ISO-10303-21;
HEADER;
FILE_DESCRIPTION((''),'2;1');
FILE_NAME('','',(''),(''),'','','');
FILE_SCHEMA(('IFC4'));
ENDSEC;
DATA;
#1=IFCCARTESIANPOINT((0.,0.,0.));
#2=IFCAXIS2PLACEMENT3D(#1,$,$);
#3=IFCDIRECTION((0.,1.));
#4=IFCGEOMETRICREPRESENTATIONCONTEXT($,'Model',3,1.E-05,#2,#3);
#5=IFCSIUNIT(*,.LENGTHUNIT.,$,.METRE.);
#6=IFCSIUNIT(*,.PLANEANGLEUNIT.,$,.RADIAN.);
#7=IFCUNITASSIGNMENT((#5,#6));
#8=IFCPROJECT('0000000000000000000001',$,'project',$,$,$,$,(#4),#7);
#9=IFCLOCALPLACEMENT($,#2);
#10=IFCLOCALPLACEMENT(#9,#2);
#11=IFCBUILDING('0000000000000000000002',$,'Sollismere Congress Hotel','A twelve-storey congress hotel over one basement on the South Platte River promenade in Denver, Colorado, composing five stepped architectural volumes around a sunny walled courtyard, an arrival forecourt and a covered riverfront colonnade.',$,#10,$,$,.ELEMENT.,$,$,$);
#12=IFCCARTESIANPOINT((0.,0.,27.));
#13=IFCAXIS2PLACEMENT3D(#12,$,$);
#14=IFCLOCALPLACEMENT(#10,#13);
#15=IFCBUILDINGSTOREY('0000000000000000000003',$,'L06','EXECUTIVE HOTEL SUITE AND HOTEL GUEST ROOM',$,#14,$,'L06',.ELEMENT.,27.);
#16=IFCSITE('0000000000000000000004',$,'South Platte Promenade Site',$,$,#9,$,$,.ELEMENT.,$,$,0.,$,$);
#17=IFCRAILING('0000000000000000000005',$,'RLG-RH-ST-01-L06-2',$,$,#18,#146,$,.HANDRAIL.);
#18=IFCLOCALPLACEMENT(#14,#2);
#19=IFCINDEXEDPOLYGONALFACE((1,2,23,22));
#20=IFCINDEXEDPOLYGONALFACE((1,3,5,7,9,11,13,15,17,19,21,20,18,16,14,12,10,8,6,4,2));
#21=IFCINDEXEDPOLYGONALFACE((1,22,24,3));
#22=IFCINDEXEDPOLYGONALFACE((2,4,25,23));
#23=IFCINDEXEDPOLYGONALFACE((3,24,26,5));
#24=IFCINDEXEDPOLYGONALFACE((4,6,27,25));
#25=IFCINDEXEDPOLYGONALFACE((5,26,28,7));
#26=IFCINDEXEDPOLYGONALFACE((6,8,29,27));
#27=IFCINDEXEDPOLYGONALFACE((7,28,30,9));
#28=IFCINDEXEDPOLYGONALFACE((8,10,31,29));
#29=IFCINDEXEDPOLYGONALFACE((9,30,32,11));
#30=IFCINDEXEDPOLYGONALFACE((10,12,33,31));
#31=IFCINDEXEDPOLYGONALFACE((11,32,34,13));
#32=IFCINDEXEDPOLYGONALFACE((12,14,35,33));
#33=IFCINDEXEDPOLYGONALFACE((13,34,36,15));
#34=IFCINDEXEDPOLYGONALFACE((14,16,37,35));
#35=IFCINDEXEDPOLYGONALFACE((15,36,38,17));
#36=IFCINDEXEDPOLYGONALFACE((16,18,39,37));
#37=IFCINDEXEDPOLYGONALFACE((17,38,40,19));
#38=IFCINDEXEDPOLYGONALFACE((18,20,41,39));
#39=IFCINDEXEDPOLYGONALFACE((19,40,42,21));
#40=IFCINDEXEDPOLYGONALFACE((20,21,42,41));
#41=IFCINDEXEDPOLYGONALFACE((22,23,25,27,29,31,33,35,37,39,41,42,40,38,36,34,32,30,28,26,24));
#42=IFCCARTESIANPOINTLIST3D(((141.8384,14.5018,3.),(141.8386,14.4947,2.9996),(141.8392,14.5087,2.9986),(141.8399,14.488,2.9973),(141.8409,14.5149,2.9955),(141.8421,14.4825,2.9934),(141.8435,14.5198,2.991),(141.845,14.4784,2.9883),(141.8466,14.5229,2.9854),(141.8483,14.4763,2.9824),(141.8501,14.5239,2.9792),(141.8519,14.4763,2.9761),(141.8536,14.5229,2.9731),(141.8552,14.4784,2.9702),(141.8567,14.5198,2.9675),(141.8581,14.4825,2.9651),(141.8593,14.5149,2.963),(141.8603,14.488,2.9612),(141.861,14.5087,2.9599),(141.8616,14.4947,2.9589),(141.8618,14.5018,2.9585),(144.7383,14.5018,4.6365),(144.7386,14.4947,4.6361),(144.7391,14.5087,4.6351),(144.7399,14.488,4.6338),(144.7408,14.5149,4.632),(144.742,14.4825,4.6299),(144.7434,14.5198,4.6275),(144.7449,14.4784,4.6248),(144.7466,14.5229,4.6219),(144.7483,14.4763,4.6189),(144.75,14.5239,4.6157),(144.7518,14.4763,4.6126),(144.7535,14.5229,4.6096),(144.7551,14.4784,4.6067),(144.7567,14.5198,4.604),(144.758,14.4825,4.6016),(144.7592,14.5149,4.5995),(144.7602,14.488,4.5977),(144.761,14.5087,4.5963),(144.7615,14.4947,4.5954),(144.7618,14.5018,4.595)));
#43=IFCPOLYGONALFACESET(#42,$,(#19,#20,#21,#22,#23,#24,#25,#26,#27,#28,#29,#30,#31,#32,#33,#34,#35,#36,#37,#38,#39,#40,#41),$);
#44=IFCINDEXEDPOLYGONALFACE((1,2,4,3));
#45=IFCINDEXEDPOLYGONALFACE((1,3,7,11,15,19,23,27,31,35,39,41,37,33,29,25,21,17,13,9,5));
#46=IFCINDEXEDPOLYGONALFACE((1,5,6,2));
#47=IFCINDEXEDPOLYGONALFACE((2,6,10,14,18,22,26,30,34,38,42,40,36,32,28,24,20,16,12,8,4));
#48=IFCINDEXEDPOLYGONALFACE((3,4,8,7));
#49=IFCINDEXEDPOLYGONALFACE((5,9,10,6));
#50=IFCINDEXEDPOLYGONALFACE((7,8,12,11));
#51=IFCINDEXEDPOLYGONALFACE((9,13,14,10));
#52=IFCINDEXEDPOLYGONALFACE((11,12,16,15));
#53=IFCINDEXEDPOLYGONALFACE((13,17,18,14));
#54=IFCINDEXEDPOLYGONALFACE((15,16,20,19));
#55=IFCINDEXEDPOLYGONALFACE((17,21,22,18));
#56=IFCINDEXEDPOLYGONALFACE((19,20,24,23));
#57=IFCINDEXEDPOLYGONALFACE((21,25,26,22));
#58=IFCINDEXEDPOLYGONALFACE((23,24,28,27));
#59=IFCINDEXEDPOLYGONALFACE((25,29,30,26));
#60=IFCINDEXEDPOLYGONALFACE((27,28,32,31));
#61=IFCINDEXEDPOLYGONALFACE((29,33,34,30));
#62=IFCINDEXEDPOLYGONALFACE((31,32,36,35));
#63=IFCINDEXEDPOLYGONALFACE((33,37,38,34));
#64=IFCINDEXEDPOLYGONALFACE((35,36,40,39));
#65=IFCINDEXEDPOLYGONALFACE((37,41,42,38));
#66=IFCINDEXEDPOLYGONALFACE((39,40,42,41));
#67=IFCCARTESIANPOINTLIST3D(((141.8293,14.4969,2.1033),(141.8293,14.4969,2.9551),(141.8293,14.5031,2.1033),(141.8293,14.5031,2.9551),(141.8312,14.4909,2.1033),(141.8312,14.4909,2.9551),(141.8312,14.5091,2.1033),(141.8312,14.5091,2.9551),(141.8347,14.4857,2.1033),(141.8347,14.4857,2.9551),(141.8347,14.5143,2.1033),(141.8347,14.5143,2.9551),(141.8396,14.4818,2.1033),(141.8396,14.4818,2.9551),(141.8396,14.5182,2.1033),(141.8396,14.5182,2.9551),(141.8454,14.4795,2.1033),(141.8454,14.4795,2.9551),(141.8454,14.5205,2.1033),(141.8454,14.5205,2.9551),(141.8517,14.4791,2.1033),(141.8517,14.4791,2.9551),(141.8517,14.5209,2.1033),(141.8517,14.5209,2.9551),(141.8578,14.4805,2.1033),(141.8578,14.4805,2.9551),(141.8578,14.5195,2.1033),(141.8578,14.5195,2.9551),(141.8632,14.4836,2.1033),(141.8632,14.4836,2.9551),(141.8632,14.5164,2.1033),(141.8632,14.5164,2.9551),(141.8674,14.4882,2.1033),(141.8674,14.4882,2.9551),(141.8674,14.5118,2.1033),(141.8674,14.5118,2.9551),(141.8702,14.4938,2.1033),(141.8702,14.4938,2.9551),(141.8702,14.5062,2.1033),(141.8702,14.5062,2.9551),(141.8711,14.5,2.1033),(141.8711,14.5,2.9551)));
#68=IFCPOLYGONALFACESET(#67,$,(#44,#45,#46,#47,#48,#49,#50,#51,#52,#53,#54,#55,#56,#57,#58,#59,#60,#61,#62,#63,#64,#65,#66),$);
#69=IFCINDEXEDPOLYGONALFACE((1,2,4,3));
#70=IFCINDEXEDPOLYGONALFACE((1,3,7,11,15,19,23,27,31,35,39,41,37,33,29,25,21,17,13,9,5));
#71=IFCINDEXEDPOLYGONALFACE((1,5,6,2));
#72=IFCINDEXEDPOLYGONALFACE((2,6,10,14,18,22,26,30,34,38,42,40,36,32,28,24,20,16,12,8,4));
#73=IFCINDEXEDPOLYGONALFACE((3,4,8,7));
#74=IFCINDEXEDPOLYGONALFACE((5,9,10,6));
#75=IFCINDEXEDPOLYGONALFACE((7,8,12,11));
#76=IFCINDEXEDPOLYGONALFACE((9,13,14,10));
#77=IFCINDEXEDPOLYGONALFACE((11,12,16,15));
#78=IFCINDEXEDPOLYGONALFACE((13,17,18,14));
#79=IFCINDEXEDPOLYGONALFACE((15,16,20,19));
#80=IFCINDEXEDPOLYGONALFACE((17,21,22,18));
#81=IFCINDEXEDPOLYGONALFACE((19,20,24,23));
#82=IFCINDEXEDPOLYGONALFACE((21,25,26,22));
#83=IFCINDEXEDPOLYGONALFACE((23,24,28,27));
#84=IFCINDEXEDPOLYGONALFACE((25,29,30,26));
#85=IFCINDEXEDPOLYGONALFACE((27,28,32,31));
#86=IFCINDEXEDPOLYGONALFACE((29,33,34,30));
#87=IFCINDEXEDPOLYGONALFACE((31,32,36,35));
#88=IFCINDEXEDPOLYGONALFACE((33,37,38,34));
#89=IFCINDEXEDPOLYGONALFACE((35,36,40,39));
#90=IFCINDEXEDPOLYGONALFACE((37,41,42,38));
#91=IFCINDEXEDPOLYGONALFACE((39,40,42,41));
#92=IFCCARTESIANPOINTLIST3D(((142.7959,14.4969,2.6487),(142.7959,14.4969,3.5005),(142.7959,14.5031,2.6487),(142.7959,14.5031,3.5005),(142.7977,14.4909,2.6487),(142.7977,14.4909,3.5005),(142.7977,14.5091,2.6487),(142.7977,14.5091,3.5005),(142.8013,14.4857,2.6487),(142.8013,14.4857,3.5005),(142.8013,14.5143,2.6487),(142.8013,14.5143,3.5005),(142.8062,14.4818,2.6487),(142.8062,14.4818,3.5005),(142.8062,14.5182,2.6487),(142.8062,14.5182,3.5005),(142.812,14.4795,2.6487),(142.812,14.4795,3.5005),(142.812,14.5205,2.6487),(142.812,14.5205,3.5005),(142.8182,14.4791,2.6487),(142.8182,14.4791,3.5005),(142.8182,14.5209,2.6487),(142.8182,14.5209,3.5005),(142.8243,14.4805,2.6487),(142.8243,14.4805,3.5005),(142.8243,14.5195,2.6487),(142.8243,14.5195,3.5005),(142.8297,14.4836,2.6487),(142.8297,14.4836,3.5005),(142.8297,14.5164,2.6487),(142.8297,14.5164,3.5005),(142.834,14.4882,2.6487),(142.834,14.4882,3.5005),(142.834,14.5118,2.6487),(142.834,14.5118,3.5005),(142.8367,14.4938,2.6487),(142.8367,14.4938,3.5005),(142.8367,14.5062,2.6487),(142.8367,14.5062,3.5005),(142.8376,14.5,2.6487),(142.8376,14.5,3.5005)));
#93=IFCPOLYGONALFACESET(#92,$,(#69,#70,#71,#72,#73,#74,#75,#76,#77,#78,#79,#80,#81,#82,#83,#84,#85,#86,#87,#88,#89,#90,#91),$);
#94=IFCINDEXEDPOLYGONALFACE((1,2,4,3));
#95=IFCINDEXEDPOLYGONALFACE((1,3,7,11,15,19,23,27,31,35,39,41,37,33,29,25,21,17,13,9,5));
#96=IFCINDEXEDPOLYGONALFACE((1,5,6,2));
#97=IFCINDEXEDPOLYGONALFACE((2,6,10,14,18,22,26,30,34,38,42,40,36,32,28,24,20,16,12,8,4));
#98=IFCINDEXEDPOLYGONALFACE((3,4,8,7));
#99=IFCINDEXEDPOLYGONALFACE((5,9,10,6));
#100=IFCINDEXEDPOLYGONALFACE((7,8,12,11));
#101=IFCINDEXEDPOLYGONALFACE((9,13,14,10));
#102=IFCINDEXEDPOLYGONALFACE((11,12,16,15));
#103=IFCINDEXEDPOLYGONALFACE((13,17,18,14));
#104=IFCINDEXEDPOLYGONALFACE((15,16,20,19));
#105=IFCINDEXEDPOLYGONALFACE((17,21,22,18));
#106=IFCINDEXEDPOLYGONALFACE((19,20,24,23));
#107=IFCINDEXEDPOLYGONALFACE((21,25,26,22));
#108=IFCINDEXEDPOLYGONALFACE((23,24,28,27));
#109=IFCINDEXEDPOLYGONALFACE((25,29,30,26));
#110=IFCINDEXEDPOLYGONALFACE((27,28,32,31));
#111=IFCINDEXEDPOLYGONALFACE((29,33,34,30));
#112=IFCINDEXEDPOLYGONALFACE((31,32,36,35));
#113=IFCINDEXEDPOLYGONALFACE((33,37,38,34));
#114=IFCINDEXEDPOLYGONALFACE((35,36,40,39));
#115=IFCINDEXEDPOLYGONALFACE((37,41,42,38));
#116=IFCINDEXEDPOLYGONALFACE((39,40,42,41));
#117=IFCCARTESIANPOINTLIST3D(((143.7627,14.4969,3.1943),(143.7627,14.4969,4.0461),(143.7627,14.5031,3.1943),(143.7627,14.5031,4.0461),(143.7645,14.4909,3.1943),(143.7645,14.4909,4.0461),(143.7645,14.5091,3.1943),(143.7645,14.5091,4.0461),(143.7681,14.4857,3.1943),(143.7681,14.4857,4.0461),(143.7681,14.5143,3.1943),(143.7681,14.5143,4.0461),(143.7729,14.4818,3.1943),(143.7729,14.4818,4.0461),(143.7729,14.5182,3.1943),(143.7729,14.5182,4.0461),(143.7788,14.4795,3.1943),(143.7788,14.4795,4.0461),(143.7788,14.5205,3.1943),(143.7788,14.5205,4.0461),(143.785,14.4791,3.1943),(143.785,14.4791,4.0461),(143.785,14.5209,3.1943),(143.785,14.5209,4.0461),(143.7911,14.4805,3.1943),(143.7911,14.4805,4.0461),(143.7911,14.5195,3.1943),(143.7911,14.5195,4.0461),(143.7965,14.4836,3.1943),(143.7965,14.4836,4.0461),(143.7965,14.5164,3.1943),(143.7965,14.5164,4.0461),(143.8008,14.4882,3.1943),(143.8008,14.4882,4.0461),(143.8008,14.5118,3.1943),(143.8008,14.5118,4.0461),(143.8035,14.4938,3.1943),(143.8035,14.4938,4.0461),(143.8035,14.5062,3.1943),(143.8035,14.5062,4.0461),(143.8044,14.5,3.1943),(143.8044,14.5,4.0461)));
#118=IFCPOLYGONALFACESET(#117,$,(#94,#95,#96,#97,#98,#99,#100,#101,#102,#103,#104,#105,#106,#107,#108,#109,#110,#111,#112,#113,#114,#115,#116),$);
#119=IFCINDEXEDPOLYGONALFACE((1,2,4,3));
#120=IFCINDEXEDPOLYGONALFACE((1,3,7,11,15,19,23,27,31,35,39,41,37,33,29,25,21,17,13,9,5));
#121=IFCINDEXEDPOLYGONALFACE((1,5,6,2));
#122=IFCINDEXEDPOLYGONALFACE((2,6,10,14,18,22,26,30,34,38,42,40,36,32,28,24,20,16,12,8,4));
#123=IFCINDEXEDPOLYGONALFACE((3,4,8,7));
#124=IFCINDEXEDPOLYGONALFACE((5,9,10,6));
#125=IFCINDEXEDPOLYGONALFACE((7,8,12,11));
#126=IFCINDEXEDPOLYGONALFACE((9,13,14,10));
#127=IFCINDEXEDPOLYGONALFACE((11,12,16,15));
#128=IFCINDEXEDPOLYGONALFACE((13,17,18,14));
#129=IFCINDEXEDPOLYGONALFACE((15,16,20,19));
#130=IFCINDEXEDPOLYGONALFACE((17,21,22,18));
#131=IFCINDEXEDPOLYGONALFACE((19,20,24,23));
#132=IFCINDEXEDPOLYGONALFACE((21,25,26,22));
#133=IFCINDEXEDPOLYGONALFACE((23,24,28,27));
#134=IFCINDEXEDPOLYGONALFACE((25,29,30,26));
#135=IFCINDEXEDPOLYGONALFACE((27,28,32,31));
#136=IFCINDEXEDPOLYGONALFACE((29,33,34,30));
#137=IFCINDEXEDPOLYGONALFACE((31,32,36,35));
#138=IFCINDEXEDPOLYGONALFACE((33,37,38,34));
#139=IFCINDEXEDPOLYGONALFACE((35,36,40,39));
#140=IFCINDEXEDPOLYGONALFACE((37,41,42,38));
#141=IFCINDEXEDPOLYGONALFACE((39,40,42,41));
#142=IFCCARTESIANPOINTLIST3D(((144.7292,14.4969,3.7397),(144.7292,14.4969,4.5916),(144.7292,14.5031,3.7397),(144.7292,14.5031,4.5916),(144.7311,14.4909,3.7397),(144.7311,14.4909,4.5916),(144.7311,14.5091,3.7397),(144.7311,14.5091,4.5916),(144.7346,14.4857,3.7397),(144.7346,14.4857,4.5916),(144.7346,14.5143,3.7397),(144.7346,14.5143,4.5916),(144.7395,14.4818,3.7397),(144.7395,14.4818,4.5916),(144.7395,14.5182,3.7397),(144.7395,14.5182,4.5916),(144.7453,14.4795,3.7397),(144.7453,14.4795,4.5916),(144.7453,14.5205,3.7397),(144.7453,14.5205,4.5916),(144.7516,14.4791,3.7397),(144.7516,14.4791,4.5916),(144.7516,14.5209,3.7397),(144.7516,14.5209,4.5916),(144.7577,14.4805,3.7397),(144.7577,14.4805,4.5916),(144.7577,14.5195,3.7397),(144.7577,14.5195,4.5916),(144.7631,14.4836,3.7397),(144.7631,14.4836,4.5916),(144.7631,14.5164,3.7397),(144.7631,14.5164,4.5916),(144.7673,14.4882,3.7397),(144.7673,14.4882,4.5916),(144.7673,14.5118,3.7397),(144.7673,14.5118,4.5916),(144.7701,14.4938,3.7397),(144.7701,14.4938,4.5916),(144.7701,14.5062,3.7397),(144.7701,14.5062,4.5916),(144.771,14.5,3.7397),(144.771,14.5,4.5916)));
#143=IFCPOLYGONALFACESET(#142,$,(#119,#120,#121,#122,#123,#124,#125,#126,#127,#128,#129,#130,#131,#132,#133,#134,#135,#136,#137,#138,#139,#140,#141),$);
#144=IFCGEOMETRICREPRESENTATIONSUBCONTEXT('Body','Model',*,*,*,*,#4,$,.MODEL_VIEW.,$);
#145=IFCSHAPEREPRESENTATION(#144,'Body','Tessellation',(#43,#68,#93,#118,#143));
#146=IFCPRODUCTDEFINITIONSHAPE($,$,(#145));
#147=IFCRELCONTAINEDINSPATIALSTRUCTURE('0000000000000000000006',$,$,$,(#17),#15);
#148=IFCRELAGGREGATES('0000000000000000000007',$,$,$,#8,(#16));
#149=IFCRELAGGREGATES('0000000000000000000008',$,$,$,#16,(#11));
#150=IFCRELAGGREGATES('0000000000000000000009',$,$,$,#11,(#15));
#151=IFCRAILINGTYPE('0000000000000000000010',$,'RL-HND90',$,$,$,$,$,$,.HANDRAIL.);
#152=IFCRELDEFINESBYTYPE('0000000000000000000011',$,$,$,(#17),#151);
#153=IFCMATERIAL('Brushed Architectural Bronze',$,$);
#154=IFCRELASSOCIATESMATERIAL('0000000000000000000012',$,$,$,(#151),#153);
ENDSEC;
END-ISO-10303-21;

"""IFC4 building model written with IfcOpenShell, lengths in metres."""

from ifc_helpers import new_model, si_unit, direction, frame, origin, origin_2d, place, context, subcontext, project, spatial, circle, extrude, material, type_object, element, save


model = new_model("IFC4")

# Units and contexts
model_context = context("Model", 3, precision=1e-05, world=origin(), true_north=direction((0.0, 1.0)))
body_context = subcontext(model_context, "Body", "Model", "MODEL_VIEW")
ifc_project = project(units=[si_unit("LENGTHUNIT", "METRE"), si_unit("PLANEANGLEUNIT", "RADIAN")], contexts=[model_context])

# Site, building, storey
site_placement = place(None, origin())
site = spatial("IfcSite", under=ifc_project, at=site_placement, Name="South Platte Promenade Site", CompositionType="ELEMENT", RefElevation=0.0)
building_placement = place(site_placement, origin())
building = spatial("IfcBuilding", under=site, at=building_placement, Name="Sollismere Congress Hotel", Description="A twelve-storey congress hotel over one basement on the South Platte River promenade in Denver, Colorado, composing five stepped architectural volumes around a sunny walled courtyard, an arrival forecourt and a covered riverfront colonnade.", CompositionType="ELEMENT")
storey_placement = place(building_placement, frame((0.0, 0.0, 27.0)))
storey = spatial("IfcBuildingStorey", under=building, at=storey_placement, Name="L06", Description="EXECUTIVE HOTEL SUITE AND HOTEL GUEST ROOM", LongName="L06", CompositionType="ELEMENT", Elevation=27.0)

# Railing
ifc_material_1 = material(Name="Brushed Architectural Bronze")
railing_type_1 = type_object("IfcRailingType", Name="RL-HND90", PredefinedType="HANDRAIL", material=ifc_material_1)
railing_1_placement = place(storey_placement, frame((141.8501, 14.5, 2.1033)))
element("IfcRailing", 1, at=railing_1_placement, inside=storey, type_object=railing_type_1, Name="RLG-RH-ST-01-L06-2", PredefinedType="HANDRAIL", context=body_context, shape_type="SweptSolid", body=[
    extrude(circle(Radius=0.0239, at=origin_2d()), frame((0.0, 0.0, 0.876), z_axis=(0.870897, 0.0, 0.491465), x_axis=(0.0, 1.0, 0.0)), (0.0, 0.0, 1.0), 3.3298),
    extrude(circle(Radius=0.021, at=origin_2d()), origin(), (0.0, 0.0, 1.0), 0.8518),
    extrude(circle(Radius=0.021, at=origin_2d()), frame((0.9666, 0.0, 0.5454)), (0.0, 0.0, 1.0), 0.8518),
    extrude(circle(Radius=0.021, at=origin_2d()), frame((1.9333, 0.0, 1.0911)), (0.0, 0.0, 1.0), 0.8518),
    extrude(circle(Radius=0.021, at=origin_2d()), frame((2.8999, 0.0, 1.6365)), (0.0, 0.0, 1.0), 0.8518),
])

save(model, "model.ifc")
